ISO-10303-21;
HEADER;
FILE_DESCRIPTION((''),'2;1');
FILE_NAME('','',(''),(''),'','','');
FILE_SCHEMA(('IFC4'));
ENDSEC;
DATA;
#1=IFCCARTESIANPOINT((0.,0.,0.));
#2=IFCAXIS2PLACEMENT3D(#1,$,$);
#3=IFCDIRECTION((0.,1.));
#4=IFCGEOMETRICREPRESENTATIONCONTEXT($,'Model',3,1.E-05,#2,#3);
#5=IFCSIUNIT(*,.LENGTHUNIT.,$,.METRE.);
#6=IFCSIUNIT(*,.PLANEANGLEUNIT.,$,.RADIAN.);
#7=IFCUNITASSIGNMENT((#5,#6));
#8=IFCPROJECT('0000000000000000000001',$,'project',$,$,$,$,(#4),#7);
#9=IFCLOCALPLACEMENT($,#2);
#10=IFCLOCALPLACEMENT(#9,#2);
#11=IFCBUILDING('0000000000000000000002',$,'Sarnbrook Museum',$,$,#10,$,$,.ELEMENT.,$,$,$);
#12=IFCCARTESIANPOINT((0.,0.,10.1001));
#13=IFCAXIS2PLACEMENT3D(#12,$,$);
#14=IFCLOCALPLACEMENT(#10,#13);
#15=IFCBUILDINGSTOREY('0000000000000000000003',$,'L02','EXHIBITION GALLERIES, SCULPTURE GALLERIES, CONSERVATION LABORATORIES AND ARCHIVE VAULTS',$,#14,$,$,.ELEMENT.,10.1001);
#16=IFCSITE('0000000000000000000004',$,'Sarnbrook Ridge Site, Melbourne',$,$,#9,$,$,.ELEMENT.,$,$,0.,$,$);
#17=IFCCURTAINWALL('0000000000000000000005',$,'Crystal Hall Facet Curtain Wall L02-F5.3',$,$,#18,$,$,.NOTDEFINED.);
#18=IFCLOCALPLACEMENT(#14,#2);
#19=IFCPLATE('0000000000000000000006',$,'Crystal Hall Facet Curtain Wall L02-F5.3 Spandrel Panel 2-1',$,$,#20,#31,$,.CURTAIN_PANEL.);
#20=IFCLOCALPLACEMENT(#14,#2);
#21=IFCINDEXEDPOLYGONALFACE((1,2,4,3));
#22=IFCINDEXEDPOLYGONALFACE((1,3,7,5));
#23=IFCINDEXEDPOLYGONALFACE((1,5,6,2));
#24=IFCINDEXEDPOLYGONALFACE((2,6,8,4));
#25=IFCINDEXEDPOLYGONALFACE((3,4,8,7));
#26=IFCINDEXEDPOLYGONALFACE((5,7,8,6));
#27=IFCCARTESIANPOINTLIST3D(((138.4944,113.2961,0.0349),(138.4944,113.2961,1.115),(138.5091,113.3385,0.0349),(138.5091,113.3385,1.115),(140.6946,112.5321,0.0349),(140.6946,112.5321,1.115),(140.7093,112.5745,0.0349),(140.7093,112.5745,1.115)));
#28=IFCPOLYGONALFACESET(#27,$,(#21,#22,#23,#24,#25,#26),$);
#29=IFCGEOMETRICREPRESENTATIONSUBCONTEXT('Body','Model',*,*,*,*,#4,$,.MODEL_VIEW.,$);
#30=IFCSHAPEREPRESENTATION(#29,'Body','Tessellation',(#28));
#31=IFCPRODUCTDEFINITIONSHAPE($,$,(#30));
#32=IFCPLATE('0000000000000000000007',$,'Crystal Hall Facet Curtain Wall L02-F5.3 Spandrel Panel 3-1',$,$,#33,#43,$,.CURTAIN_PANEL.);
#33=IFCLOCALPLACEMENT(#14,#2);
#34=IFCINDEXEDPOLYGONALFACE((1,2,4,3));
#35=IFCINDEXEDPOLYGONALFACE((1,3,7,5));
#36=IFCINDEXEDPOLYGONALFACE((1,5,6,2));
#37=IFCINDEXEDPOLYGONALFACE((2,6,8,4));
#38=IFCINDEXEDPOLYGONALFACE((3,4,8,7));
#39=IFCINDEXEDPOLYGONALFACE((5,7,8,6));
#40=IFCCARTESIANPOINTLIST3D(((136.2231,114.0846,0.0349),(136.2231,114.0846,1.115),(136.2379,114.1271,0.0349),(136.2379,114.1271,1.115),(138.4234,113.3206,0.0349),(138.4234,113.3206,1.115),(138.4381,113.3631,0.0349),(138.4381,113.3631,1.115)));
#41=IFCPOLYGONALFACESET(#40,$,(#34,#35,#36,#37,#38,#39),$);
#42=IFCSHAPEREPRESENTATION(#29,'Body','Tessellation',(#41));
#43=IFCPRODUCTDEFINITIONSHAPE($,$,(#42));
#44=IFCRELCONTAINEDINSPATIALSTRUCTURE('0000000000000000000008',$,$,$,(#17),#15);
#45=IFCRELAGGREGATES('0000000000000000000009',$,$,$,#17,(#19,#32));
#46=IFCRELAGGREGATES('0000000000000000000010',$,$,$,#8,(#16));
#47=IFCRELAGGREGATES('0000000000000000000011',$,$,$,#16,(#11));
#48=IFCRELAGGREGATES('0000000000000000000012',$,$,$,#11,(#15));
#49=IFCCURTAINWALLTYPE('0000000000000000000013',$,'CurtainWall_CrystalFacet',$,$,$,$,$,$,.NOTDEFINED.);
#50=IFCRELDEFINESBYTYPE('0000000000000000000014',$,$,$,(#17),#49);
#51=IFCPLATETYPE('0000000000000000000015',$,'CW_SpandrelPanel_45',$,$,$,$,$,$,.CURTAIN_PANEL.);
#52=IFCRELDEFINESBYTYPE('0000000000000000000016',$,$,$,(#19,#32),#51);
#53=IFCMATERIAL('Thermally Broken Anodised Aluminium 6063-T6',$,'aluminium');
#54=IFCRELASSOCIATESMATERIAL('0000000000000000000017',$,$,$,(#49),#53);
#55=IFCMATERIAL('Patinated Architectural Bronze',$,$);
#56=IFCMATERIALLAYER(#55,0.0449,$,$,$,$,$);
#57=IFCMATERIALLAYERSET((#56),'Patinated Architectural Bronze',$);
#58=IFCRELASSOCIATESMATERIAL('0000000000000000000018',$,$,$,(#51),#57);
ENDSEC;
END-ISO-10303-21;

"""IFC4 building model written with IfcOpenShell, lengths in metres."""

from ifc_helpers import new_model, si_unit, direction, frame, origin, origin_2d, place, context, subcontext, project, spatial, rectangle, extrude, material, layer, layer_set, type_object, element, aggregate, save


model = new_model("IFC4")

# Units and contexts
model_context = context("Model", 3, precision=1e-05, world=origin(), true_north=direction((0.0, 1.0)))
body_context = subcontext(model_context, "Body", "Model", "MODEL_VIEW")
ifc_project = project(units=[si_unit("LENGTHUNIT", "METRE"), si_unit("PLANEANGLEUNIT", "RADIAN")], contexts=[model_context])

# Site, building, storey
site_placement = place(None, origin())
site = spatial("IfcSite", under=ifc_project, at=site_placement, Name="Sarnbrook Ridge Site, Melbourne", CompositionType="ELEMENT", RefElevation=0.0)
building_placement = place(site_placement, origin())
building = spatial("IfcBuilding", under=site, at=building_placement, Name="Sarnbrook Museum", CompositionType="ELEMENT")
storey_placement = place(building_placement, frame((0.0, 0.0, 10.1001)))
storey = spatial("IfcBuildingStorey", under=building, at=storey_placement, Name="L02", Description="EXHIBITION GALLERIES, SCULPTURE GALLERIES, CONSERVATION LABORATORIES AND ARCHIVE VAULTS", CompositionType="ELEMENT", Elevation=10.1001)

# Curtain wall
ifc_material_1 = material(Name="Thermally Broken Anodised Aluminium 6063-T6", Category="aluminium")
curtain_wall_type = type_object("IfcCurtainWallType", Name="CurtainWall_CrystalFacet", PredefinedType="NOTDEFINED", material=ifc_material_1)
curtain_wall_1_placement = place(storey_placement, origin())
curtain_wall_1 = element("IfcCurtainWall", 1, at=curtain_wall_1_placement, inside=storey, type_object=curtain_wall_type, Name="Crystal Hall Facet Curtain Wall L02-F5.3", PredefinedType="NOTDEFINED")

# Plates
ifc_material_2 = material(Name="Patinated Architectural Bronze")
ifc_layer_1 = layer(ifc_material_2, 0.0449)
ifc_layer_set_1 = layer_set([ifc_layer_1], Name="Patinated Architectural Bronze")
plate_type_1 = type_object("IfcPlateType", Name="CW_SpandrelPanel_45", PredefinedType="CURTAIN_PANEL", material=ifc_layer_set_1)
plate_1_placement = place(storey_placement, frame((139.5945, 112.9141, 0.575), z_axis=(0.328013, 0.944673, 0.0), x_axis=(-0.944673, 0.328013, 0.0)))
plate_1 = element("IfcPlate", 2, at=plate_1_placement, type_object=plate_type_1, Name="Crystal Hall Facet Curtain Wall L02-F5.3 Spandrel Panel 2-1", PredefinedType="CURTAIN_PANEL", context=body_context, shape_type="SweptSolid", body=[
    extrude(rectangle(XDim=2.3291, YDim=1.0801, at=origin_2d()), origin(), (0.0, 0.0, 1.0), 0.0449),
])
plate_2_placement = place(storey_placement, frame((137.3232, 113.7026, 0.575), z_axis=(0.328013, 0.944673, 0.0), x_axis=(-0.944673, 0.328013, 0.0)))
plate_2 = element("IfcPlate", 3, at=plate_2_placement, type_object=plate_type_1, Name="Crystal Hall Facet Curtain Wall L02-F5.3 Spandrel Panel 3-1", PredefinedType="CURTAIN_PANEL", context=body_context, shape_type="SweptSolid", body=[
    extrude(rectangle(XDim=2.3291, YDim=1.0801, at=origin_2d()), origin(), (0.0, 0.0, 1.0), 0.0449),
])
aggregate(curtain_wall_1, [plate_1, plate_2])

save(model, "model.ifc")
